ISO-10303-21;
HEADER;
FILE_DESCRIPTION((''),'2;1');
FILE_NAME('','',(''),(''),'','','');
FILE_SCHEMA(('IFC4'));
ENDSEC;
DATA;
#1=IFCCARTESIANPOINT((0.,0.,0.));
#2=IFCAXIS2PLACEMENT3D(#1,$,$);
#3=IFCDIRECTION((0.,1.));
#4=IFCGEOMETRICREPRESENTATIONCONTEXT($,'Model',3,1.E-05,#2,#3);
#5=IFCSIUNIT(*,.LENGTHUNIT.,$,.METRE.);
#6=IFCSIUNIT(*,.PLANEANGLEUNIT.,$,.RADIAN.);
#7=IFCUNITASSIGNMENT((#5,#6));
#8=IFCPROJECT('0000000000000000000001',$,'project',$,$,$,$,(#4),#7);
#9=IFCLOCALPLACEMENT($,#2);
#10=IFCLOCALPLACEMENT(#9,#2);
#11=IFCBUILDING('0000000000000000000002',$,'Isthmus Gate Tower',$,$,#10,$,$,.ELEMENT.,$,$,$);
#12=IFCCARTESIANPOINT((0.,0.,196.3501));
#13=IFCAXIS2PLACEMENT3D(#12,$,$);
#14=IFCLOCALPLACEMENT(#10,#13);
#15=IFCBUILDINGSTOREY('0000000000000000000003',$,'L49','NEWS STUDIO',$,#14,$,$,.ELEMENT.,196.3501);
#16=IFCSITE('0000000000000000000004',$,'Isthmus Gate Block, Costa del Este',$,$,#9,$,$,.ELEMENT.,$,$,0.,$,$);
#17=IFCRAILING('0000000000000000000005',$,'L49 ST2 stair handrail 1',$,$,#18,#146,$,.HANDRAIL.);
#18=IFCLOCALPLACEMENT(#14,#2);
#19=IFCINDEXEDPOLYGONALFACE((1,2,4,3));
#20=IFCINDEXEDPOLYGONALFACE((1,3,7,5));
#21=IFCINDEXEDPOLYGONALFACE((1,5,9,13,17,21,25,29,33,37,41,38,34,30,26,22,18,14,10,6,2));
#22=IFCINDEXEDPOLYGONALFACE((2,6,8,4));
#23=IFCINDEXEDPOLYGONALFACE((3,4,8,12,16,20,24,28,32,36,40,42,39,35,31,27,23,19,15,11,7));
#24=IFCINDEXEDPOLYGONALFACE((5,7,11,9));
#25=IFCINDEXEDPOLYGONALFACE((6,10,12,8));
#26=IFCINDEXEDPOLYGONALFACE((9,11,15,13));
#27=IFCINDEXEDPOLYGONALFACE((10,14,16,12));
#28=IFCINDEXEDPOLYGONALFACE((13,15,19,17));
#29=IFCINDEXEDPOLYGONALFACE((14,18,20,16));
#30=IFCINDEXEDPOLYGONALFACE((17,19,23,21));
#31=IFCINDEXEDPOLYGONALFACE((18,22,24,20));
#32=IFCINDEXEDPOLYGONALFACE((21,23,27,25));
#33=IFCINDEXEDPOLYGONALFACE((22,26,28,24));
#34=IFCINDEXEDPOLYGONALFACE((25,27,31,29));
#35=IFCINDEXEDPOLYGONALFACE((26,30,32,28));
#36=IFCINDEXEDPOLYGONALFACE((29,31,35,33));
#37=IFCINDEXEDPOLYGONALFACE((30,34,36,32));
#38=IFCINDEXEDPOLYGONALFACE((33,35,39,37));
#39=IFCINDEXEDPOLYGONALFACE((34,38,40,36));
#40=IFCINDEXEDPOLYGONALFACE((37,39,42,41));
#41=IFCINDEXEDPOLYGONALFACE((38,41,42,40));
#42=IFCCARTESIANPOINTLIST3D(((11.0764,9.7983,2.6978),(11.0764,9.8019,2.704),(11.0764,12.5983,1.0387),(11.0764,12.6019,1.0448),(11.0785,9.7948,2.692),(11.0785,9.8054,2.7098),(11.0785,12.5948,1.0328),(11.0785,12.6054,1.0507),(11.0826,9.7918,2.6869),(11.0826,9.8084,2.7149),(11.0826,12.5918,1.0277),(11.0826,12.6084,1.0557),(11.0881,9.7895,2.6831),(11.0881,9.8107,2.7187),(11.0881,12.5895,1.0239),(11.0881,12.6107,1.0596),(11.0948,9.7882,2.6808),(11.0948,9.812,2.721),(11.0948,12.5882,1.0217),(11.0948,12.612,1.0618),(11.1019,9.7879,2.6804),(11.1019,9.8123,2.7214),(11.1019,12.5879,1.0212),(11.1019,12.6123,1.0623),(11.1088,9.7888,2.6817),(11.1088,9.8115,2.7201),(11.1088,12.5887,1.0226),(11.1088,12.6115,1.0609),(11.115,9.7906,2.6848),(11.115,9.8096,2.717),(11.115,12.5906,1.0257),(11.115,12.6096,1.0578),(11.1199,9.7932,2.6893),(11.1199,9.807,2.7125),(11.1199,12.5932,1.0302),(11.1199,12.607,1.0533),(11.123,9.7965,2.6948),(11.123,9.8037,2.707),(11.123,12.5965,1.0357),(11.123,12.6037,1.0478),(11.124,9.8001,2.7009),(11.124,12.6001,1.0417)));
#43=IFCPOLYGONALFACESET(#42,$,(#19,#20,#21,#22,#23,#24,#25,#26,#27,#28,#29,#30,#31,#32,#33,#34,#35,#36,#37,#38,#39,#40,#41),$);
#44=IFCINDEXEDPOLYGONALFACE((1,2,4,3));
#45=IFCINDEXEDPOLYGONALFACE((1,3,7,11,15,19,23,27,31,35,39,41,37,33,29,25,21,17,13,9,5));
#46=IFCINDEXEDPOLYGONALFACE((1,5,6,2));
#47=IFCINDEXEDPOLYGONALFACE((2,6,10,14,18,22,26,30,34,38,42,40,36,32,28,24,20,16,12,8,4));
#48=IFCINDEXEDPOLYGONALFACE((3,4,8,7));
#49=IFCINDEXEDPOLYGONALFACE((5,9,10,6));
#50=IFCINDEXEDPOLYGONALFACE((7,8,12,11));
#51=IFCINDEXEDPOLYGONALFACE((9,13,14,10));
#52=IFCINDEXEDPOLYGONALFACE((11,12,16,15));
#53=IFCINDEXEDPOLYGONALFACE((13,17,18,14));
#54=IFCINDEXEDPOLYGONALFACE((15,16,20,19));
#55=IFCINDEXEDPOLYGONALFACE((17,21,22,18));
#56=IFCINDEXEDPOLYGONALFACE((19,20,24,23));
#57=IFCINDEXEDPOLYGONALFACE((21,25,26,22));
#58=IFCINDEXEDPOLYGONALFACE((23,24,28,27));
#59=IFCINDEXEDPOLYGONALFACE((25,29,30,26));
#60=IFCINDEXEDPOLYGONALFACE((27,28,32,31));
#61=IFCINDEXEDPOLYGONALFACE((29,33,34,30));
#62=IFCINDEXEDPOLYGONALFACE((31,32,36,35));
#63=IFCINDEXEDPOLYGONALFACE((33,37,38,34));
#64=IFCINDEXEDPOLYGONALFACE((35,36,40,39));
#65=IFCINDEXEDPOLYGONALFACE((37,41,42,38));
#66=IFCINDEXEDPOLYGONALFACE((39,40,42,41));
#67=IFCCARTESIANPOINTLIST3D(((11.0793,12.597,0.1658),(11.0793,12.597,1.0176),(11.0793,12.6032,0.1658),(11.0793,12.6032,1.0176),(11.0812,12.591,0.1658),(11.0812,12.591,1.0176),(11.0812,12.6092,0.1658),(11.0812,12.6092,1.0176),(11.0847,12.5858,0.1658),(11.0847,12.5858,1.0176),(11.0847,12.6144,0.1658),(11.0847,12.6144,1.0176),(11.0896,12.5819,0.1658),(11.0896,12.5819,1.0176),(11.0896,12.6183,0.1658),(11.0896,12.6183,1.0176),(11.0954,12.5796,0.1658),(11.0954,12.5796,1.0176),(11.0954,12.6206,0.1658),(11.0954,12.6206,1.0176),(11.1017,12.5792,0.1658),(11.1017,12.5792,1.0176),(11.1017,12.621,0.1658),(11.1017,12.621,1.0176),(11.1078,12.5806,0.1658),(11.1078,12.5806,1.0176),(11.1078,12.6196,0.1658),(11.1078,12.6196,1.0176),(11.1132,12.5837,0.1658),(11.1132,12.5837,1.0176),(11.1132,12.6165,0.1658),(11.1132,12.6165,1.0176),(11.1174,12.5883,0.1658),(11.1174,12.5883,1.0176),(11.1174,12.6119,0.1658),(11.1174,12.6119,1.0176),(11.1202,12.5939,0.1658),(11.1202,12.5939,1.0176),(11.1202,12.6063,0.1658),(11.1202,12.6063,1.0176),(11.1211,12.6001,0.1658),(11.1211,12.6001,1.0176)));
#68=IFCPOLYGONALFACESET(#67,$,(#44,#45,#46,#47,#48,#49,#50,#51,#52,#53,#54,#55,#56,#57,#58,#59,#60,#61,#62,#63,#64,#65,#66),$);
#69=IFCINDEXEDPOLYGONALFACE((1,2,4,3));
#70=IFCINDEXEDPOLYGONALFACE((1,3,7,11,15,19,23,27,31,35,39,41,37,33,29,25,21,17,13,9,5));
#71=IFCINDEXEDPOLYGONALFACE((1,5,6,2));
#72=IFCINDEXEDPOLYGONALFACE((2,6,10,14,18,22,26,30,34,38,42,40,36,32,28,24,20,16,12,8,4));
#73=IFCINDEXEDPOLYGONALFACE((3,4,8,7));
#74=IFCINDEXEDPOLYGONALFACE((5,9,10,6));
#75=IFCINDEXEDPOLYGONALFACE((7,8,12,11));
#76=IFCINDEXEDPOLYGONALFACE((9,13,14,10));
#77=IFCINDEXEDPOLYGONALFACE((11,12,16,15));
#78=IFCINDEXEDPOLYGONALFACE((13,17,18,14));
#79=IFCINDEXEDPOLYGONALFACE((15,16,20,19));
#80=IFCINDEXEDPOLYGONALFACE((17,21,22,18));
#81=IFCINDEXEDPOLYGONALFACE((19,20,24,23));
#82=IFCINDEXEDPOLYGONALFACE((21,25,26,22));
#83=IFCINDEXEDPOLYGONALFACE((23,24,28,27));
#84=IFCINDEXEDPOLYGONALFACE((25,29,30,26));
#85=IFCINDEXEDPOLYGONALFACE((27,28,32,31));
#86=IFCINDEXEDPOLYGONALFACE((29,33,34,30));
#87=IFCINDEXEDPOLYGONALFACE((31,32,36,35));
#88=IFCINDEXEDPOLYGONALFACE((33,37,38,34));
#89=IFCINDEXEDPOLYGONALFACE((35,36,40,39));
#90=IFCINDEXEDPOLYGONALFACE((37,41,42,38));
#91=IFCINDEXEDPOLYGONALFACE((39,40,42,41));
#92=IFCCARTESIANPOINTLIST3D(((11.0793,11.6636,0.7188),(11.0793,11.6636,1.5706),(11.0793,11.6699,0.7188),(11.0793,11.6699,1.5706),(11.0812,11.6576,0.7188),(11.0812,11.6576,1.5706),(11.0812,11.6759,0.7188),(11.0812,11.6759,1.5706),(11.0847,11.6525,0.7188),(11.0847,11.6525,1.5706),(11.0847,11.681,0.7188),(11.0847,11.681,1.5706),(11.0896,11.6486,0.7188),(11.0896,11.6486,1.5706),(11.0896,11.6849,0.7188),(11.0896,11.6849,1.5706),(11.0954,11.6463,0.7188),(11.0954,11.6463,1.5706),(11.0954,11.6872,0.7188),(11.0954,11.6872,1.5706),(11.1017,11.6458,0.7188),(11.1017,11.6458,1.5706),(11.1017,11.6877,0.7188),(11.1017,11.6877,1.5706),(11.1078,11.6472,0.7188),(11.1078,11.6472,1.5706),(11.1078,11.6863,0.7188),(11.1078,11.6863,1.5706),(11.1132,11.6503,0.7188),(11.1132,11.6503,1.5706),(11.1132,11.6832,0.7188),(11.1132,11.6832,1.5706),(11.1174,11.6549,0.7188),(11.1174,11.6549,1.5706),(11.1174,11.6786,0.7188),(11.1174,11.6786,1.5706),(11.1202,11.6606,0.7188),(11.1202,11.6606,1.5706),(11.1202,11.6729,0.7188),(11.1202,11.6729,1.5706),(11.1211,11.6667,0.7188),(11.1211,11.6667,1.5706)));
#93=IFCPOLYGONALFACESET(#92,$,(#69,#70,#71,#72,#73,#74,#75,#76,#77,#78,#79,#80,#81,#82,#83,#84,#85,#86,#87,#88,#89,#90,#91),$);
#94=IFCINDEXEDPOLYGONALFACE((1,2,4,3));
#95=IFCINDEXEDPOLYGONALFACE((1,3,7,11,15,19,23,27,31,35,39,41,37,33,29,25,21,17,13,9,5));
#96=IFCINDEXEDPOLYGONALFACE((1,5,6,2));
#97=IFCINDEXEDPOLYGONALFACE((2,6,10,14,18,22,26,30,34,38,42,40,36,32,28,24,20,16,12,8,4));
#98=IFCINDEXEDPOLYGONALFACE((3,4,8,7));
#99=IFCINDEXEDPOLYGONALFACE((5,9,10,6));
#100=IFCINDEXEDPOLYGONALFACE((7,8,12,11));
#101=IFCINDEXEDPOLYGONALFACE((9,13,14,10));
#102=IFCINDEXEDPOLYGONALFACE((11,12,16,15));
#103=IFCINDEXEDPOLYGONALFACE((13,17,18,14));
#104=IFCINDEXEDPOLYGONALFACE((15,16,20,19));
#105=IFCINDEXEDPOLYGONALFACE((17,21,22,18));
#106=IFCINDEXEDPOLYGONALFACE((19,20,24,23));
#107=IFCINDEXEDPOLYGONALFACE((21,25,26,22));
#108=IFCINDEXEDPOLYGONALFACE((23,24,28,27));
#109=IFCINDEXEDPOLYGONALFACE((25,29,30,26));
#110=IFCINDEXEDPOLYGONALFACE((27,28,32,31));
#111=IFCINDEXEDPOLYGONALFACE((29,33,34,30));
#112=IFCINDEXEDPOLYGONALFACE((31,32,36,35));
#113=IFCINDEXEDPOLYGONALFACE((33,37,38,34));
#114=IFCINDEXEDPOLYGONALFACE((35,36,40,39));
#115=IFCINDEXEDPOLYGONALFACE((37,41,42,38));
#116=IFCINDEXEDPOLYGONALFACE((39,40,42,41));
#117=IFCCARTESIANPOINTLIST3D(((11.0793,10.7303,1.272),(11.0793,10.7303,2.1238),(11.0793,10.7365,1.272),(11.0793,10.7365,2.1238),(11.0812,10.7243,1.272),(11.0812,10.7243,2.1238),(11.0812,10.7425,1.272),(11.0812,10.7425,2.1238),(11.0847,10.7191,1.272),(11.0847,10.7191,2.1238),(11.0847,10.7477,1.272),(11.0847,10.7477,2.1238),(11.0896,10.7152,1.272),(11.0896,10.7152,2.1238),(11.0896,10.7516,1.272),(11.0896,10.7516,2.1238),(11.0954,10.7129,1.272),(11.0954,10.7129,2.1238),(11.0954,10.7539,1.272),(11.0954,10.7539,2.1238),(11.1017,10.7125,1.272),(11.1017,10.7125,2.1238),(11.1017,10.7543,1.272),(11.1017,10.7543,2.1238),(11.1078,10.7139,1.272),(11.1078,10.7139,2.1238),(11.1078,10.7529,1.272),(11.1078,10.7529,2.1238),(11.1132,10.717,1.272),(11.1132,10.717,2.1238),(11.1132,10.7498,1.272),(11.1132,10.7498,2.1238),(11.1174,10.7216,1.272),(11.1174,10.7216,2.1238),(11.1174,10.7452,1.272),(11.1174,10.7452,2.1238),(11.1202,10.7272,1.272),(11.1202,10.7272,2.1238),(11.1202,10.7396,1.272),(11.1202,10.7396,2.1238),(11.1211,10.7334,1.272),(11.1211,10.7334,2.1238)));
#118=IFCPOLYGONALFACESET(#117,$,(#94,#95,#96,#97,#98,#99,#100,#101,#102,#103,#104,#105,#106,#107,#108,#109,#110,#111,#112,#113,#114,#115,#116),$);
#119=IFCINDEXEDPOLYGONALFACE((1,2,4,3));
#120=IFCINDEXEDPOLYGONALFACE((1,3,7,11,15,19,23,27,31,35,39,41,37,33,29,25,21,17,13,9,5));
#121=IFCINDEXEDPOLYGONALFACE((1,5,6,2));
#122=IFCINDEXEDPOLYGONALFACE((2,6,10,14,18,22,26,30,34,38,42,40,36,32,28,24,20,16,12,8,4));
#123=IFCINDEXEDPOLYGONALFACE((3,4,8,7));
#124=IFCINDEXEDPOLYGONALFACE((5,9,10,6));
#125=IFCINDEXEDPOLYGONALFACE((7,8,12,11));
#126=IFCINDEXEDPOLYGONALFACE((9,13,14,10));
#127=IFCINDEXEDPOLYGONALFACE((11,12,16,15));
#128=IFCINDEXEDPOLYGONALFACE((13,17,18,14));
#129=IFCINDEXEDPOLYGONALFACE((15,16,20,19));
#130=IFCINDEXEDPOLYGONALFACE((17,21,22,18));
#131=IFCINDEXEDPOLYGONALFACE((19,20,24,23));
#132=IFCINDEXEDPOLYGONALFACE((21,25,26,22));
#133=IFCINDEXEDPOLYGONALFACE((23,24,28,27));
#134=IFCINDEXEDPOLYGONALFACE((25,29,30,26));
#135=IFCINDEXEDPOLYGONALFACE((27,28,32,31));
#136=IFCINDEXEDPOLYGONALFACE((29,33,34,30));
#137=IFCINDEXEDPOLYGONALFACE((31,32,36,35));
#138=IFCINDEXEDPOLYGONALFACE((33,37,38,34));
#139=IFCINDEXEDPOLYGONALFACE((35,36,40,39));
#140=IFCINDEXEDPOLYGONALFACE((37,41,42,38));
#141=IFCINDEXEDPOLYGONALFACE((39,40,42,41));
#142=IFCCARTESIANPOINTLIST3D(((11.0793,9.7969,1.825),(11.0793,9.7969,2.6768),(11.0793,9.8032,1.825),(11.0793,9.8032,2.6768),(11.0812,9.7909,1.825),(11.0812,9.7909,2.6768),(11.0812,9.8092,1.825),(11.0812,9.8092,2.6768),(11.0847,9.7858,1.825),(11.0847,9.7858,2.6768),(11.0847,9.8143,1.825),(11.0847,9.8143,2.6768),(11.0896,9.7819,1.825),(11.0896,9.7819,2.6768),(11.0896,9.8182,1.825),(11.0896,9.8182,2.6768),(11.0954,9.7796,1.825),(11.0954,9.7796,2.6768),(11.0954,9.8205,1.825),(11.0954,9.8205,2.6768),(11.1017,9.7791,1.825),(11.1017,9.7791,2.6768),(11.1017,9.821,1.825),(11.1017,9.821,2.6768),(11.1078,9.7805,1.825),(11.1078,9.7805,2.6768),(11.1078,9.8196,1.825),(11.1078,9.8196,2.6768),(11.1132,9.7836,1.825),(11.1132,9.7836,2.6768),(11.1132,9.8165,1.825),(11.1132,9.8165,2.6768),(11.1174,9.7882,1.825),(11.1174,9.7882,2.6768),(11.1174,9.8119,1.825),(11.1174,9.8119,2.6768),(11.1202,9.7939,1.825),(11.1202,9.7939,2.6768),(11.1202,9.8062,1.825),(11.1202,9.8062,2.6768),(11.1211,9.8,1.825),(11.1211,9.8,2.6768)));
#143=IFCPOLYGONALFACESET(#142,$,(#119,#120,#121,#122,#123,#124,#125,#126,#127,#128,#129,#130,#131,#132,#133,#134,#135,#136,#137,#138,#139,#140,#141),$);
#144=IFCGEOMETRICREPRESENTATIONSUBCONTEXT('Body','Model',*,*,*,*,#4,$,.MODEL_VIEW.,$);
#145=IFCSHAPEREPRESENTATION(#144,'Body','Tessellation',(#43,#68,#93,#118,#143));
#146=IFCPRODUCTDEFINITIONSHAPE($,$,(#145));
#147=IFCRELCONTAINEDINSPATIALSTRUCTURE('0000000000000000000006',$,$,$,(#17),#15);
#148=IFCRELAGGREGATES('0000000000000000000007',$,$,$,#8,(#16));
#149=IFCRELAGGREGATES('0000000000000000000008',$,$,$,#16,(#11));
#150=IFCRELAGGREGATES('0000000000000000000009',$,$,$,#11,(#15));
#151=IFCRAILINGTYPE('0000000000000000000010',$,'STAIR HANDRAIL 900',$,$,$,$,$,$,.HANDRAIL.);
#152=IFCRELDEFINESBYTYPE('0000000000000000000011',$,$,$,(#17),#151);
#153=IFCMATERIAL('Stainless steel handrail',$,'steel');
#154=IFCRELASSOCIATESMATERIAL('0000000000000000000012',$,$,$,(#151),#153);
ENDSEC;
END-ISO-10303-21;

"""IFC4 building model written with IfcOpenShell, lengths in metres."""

from ifc_helpers import new_model, si_unit, direction, frame, origin, origin_2d, place, context, subcontext, project, spatial, circle, extrude, material, type_object, element, save


model = new_model("IFC4")

# Units and contexts
model_context = context("Model", 3, precision=1e-05, world=origin(), true_north=direction((0.0, 1.0)))
body_context = subcontext(model_context, "Body", "Model", "MODEL_VIEW")
ifc_project = project(units=[si_unit("LENGTHUNIT", "METRE"), si_unit("PLANEANGLEUNIT", "RADIAN")], contexts=[model_context])

# Site, building, storey
site_placement = place(None, origin())
site = spatial("IfcSite", under=ifc_project, at=site_placement, Name="Isthmus Gate Block, Costa del Este", CompositionType="ELEMENT", RefElevation=0.0)
building_placement = place(site_placement, origin())
building = spatial("IfcBuilding", under=site, at=building_placement, Name="Isthmus Gate Tower", CompositionType="ELEMENT")
storey_placement = place(building_placement, frame((0.0, 0.0, 196.3501)))
storey = spatial("IfcBuildingStorey", under=building, at=storey_placement, Name="L49", Description="NEWS STUDIO", CompositionType="ELEMENT", Elevation=196.3501)

# Railing
ifc_material_1 = material(Name="Stainless steel handrail", Category="steel")
railing_type_1 = type_object("IfcRailingType", Name="STAIR HANDRAIL 900", PredefinedType="HANDRAIL", material=ifc_material_1)
for number, where, name in (
    (1, (11.1001, 12.6001, 0.1658), "L49 ST2 stair handrail 1"),
):
    element("IfcRailing", number, at=place(storey_placement, frame(where)), inside=storey, type_object=railing_type_1, Name=name, PredefinedType="HANDRAIL", context=body_context, shape_type="SweptSolid", body=[
        extrude(circle(Radius=0.0239, at=origin_2d()), frame((0.0, 0.0, 0.876), z_axis=(0.0, -0.860306, 0.509778), x_axis=(1.0, 0.0, 0.0)), (0.0, 0.0, 1.0), 3.2546),
        extrude(circle(Radius=0.021, at=origin_2d()), origin(), (0.0, 0.0, 1.0), 0.8518),
        extrude(circle(Radius=0.021, at=origin_2d()), frame((0.0, -0.9333, 0.553)), (0.0, 0.0, 1.0), 0.8518),
        extrude(circle(Radius=0.021, at=origin_2d()), frame((0.0, -1.8667, 1.1062)), (0.0, 0.0, 1.0), 0.8518),
        extrude(circle(Radius=0.021, at=origin_2d()), frame((0.0, -2.8, 1.6592)), (0.0, 0.0, 1.0), 0.8518),
    ])

save(model, "model.ifc")
